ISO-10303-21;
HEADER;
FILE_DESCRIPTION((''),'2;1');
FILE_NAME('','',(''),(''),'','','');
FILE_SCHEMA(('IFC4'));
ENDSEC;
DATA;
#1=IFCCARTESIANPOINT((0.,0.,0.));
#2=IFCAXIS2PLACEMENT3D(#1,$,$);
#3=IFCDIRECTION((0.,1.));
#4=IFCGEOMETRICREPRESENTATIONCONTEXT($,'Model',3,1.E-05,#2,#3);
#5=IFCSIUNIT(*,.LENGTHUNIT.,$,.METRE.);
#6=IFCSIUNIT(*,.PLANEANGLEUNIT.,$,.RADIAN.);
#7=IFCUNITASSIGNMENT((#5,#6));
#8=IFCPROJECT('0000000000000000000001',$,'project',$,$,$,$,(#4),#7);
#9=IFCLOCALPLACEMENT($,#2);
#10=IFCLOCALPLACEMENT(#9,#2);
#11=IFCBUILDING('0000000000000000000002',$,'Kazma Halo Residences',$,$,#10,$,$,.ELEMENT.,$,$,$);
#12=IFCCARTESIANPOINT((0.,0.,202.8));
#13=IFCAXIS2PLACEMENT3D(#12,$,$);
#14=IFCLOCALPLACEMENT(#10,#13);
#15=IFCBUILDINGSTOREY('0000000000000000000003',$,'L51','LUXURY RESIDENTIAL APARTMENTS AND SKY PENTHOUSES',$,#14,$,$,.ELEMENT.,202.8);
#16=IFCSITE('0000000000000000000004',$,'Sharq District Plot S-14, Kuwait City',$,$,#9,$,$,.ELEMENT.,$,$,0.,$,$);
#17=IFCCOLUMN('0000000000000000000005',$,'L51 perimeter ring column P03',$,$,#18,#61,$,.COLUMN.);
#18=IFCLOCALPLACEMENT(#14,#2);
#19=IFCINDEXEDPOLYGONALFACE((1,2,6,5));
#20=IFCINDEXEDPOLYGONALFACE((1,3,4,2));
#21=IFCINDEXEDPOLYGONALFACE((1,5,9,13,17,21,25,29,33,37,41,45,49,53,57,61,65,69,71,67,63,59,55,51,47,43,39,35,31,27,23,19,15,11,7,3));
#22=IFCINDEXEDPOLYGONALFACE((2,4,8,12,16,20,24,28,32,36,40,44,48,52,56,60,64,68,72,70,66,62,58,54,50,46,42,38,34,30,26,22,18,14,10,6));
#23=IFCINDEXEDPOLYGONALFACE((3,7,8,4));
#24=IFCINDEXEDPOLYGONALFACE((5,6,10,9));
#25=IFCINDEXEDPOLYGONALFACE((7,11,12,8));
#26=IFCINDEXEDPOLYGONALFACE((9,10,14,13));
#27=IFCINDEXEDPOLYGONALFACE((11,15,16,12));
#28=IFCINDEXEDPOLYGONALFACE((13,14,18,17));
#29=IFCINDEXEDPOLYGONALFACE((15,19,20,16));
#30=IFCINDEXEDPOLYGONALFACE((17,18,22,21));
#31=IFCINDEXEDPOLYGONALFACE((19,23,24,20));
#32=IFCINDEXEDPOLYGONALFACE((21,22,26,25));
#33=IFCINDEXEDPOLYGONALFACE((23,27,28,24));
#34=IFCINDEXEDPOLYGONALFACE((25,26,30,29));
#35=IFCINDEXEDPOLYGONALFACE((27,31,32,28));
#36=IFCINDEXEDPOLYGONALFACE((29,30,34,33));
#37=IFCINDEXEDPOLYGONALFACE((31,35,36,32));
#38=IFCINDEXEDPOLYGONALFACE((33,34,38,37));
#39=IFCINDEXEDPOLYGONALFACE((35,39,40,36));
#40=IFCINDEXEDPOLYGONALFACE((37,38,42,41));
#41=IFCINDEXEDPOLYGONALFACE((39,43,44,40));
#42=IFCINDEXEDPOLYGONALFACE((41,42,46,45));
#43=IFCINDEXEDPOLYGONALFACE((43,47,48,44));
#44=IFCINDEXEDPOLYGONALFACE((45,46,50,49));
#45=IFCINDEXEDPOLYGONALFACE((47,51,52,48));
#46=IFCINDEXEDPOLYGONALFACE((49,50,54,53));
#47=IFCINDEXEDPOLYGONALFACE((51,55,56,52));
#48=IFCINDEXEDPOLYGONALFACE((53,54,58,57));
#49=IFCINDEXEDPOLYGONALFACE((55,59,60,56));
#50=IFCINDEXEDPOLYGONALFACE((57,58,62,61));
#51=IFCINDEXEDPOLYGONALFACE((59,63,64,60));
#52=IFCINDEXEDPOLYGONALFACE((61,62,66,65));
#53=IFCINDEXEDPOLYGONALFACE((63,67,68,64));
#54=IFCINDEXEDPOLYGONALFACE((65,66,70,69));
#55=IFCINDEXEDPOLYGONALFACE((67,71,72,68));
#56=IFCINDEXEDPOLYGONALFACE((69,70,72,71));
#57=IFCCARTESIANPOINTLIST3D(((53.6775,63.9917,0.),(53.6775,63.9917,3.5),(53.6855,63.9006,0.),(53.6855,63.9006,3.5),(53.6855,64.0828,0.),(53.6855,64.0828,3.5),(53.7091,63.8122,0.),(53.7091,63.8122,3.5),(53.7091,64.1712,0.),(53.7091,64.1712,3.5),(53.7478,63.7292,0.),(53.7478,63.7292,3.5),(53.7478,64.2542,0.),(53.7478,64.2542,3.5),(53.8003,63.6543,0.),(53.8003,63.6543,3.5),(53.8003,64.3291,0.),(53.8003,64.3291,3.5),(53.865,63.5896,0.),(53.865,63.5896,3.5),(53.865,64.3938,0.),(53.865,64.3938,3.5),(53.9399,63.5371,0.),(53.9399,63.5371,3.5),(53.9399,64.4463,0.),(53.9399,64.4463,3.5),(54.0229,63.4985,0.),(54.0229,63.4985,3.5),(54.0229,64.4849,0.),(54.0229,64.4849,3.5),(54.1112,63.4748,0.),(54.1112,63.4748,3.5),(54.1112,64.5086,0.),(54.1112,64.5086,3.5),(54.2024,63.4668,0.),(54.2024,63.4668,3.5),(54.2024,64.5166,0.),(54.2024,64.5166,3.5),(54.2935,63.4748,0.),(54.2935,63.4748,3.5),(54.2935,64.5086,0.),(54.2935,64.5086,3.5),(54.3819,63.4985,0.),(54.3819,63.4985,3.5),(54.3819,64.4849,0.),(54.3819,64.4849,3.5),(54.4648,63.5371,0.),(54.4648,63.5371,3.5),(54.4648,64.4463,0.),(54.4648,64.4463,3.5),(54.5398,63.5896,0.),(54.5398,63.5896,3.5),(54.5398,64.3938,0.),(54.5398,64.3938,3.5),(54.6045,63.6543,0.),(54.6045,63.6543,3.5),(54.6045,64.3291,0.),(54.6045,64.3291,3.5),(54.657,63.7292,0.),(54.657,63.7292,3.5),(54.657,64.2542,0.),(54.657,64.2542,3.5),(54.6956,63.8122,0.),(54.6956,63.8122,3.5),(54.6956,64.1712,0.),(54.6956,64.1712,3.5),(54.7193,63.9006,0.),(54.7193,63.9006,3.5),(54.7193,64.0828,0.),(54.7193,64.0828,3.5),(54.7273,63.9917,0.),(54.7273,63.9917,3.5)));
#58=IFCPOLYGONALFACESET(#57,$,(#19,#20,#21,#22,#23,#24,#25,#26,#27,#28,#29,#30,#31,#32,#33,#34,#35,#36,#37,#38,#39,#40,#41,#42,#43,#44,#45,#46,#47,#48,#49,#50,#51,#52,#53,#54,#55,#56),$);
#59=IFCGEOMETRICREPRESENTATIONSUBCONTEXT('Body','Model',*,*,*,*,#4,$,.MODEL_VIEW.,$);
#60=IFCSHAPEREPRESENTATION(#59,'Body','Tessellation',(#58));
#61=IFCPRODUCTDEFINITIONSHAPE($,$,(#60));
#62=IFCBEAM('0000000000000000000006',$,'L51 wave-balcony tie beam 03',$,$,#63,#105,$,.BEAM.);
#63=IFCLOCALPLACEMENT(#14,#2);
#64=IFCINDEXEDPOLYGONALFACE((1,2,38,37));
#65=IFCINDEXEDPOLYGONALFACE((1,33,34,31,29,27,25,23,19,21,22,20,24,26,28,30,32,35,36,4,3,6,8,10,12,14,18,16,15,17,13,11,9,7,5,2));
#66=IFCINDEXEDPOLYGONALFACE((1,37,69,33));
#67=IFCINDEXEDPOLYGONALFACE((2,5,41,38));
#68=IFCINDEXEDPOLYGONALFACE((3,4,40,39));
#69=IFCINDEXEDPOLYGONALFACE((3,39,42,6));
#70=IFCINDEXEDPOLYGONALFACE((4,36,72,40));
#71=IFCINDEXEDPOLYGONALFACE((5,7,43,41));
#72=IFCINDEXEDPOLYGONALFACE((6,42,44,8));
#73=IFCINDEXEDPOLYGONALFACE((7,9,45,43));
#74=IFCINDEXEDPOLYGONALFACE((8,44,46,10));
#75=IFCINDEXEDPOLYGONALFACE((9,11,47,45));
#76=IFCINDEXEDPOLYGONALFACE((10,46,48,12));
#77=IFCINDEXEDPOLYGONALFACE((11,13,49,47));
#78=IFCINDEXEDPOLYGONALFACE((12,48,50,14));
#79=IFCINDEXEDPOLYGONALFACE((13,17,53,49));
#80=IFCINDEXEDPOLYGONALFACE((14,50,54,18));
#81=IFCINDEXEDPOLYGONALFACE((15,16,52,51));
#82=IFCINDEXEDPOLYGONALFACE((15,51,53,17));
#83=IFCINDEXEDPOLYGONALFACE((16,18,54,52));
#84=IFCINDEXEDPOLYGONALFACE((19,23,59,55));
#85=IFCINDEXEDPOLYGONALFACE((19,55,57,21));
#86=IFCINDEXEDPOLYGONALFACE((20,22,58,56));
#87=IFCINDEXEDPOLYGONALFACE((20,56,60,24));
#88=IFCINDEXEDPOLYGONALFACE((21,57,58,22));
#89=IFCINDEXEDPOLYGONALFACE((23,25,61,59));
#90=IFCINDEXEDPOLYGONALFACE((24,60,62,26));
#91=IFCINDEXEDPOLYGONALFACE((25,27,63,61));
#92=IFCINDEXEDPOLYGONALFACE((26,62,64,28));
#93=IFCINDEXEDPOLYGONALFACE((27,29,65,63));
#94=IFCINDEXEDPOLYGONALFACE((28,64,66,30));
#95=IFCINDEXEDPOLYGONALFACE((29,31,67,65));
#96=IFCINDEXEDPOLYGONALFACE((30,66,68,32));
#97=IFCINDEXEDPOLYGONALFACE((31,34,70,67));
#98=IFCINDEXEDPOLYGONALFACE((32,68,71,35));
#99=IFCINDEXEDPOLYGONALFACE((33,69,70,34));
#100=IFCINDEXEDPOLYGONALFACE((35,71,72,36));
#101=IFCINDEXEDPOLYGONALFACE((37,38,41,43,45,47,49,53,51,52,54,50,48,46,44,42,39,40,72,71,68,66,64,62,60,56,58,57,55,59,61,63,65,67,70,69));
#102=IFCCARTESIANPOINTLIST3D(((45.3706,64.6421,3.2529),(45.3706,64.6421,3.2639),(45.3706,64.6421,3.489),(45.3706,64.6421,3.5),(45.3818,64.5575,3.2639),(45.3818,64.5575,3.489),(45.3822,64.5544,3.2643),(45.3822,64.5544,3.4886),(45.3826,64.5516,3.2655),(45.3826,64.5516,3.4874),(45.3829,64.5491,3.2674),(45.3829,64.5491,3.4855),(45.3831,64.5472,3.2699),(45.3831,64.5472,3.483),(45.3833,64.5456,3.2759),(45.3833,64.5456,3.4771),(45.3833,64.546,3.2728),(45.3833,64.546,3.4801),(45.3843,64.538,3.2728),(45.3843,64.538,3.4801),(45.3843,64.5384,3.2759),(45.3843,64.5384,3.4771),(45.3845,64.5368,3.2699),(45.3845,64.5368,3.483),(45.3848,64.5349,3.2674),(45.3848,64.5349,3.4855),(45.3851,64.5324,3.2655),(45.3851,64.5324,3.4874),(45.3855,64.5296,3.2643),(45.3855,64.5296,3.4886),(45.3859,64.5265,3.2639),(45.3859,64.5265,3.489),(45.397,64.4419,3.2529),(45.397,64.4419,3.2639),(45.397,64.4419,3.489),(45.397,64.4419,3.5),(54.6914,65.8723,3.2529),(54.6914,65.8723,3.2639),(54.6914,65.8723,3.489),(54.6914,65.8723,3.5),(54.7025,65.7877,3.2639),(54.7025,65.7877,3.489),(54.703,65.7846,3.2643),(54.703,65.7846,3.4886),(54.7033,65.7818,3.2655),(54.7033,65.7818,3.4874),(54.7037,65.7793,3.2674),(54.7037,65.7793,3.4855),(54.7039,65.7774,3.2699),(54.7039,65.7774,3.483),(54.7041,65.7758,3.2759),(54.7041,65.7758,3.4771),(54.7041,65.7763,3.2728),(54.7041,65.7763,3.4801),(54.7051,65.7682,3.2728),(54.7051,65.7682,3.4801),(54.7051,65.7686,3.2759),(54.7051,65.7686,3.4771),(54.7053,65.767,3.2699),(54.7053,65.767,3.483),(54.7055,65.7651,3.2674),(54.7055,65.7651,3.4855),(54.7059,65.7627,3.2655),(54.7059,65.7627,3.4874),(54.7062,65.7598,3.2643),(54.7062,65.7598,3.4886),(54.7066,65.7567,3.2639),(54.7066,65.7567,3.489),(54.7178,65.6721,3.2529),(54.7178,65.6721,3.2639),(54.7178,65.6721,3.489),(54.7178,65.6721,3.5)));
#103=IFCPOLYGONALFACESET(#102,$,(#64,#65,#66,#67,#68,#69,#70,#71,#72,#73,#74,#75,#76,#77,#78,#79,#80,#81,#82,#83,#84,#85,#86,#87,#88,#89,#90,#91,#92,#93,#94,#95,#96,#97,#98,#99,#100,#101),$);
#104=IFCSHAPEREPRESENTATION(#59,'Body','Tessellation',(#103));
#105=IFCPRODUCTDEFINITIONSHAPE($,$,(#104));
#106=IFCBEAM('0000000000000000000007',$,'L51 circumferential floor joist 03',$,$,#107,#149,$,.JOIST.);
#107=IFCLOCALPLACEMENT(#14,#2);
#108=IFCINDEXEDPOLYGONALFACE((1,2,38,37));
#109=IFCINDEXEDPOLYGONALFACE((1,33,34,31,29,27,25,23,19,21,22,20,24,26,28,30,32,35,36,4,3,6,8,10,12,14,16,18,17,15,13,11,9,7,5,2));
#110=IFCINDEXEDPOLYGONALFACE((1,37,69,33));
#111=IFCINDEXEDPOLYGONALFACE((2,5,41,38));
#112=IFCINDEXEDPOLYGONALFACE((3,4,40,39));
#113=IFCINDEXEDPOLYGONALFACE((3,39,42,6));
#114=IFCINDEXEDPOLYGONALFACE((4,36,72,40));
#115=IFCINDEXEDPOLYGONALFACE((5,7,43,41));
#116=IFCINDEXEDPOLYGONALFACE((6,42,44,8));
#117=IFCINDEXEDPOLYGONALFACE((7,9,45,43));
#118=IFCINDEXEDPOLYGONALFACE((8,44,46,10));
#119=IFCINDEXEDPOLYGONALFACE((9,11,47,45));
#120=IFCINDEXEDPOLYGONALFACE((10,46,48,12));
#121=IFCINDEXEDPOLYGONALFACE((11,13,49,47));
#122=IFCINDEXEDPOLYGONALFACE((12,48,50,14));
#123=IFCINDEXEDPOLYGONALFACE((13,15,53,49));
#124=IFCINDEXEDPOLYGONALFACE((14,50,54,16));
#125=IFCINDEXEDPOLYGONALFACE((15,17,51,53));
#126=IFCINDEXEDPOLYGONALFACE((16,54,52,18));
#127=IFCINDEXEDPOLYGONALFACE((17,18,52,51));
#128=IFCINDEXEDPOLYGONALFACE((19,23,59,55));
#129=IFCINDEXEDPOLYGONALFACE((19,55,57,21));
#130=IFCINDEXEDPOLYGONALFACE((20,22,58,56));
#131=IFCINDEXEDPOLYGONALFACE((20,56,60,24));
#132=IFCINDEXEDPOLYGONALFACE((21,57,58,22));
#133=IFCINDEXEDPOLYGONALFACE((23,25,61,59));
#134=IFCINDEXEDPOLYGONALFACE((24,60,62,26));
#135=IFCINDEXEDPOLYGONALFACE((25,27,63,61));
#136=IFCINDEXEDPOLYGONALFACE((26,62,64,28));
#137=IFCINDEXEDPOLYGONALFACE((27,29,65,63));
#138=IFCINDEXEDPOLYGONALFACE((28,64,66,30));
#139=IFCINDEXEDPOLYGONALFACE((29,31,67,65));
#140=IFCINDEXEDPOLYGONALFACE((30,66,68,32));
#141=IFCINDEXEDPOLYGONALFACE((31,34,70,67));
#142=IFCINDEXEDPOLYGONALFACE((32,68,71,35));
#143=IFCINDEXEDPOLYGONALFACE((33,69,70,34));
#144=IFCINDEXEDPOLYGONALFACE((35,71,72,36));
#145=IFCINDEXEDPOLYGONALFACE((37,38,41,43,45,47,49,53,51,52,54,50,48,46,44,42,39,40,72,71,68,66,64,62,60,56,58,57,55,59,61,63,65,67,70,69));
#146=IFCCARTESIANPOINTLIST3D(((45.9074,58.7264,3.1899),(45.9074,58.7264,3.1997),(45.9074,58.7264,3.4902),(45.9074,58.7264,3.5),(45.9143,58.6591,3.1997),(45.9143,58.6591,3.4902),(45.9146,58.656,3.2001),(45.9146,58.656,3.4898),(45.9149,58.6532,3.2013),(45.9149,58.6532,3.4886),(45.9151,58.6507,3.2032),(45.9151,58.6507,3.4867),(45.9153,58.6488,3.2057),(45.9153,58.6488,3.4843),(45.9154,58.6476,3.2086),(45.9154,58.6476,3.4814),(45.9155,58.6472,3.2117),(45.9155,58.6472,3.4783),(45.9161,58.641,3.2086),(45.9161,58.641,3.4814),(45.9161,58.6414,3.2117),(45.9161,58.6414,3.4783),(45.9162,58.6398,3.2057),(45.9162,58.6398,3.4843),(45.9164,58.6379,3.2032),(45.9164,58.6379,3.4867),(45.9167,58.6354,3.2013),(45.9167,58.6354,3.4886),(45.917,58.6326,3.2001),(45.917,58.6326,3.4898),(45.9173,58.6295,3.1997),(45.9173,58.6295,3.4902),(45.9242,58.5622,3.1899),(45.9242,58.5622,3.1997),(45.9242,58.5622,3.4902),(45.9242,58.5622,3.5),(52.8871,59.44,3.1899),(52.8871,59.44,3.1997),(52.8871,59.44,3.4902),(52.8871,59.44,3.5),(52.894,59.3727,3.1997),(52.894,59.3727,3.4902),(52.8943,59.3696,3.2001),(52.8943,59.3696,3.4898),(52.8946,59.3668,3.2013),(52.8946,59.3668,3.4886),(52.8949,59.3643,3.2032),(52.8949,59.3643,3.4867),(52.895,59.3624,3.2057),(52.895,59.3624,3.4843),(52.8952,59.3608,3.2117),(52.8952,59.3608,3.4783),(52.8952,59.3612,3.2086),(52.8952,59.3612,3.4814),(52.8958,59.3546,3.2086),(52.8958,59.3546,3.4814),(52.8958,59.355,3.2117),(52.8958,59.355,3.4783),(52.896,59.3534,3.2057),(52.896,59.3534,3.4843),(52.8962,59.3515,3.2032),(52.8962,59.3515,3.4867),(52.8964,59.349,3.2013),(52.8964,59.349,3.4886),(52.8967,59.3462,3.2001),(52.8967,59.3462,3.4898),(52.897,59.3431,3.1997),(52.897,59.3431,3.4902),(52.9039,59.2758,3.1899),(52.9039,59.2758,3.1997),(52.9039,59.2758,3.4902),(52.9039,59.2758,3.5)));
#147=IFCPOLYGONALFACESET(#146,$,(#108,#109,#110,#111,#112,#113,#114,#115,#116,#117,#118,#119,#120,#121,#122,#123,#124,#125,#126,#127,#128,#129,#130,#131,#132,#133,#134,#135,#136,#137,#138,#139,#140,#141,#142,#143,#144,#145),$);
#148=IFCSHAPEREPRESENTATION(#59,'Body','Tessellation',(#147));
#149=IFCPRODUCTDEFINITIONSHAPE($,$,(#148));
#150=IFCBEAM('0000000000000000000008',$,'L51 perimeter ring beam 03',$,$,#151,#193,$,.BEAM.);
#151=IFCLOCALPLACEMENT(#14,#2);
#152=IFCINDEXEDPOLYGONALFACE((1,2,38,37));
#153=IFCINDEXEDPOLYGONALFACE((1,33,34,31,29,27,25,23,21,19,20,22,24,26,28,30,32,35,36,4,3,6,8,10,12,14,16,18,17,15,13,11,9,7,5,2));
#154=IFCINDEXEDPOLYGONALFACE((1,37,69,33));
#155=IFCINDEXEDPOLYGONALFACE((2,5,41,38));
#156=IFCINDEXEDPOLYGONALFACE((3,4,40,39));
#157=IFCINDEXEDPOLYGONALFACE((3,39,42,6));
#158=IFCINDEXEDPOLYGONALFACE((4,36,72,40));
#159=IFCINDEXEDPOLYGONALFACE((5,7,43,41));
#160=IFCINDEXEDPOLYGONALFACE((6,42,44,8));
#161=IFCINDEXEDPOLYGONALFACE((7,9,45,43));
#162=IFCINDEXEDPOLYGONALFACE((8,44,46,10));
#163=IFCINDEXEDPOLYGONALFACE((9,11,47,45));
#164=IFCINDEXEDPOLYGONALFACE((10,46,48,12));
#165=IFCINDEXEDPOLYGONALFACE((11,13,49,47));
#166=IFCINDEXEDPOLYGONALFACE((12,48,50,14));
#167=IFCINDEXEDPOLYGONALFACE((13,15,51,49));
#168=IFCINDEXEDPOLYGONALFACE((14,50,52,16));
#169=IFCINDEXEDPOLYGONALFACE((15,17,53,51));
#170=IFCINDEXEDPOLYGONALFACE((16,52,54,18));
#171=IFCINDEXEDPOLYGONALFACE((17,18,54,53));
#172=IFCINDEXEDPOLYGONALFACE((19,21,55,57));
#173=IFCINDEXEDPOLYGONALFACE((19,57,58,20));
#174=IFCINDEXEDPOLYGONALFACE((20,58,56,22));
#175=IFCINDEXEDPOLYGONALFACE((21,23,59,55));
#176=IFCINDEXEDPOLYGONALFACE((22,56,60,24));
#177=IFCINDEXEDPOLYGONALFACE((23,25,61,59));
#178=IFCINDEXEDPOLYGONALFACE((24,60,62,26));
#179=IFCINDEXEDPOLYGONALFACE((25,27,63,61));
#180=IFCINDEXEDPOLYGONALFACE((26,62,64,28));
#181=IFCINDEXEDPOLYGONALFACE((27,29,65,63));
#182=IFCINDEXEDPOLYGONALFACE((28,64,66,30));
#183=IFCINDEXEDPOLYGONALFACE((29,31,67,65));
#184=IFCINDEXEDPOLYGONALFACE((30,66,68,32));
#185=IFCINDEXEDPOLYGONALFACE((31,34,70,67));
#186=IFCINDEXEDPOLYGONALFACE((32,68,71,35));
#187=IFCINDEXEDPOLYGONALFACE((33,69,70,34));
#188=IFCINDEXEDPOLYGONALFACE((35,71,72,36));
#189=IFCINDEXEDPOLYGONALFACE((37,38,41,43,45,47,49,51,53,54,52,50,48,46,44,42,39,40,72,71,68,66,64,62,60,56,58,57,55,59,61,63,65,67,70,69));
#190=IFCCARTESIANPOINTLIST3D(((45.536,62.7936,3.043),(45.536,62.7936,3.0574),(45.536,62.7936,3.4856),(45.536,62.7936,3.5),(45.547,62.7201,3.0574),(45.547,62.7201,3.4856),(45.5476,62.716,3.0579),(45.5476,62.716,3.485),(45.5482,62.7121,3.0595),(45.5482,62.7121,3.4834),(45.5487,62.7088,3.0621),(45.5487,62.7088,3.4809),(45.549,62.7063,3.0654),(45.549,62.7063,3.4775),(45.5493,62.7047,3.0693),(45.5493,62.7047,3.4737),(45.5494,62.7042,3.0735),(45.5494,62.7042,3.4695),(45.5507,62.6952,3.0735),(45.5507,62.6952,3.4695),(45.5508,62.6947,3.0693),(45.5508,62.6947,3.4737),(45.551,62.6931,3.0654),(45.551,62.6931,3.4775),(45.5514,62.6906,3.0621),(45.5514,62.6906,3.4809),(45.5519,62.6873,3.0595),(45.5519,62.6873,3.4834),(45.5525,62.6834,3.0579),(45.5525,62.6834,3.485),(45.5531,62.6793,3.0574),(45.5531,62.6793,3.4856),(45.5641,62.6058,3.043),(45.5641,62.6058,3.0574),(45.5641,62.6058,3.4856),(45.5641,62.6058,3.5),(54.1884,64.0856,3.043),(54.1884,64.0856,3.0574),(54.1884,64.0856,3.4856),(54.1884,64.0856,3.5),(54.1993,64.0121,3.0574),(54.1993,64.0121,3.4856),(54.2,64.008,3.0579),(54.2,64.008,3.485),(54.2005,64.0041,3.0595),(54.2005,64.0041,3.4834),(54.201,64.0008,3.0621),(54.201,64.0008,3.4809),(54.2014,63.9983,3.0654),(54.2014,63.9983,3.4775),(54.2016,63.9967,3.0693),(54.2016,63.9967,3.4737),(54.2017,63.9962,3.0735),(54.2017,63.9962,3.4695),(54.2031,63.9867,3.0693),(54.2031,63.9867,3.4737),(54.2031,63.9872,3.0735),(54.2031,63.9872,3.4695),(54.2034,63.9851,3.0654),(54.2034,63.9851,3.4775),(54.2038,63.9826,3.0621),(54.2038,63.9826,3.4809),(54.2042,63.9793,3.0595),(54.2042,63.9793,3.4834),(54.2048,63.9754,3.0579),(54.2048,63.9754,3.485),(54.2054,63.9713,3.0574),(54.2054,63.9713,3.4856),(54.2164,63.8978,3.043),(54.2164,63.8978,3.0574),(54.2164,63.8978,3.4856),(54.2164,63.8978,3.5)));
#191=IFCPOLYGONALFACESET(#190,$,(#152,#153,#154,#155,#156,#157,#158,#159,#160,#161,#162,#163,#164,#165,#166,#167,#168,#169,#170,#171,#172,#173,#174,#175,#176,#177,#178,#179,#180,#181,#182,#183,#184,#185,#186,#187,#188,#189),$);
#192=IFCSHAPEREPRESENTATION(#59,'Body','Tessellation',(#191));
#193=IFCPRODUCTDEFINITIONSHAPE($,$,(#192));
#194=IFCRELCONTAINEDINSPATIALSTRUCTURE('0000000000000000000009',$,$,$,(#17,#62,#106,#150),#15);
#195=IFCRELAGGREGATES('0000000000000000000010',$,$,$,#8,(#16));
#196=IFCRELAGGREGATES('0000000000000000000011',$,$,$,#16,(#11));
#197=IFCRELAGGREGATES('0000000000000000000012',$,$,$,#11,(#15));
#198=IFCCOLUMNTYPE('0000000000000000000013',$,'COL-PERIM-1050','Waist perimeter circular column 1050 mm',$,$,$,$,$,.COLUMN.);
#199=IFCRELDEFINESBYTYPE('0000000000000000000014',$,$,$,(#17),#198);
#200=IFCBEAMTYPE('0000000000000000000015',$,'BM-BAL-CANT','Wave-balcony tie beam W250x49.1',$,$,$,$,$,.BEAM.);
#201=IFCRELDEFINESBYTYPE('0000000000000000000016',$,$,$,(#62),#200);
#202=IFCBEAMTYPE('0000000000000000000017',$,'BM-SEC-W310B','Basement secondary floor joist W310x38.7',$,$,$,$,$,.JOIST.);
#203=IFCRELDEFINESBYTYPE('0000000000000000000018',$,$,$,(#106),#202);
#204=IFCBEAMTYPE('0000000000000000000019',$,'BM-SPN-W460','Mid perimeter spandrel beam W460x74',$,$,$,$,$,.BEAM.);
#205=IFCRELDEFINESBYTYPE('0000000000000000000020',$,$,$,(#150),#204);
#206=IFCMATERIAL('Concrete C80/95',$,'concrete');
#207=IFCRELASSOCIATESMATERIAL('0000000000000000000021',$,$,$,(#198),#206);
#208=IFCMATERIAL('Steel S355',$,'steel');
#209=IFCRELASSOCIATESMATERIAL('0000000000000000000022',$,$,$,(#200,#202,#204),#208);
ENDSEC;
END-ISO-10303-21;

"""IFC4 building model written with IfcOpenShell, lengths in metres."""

from ifc_helpers import new_model, si_unit, direction, frame, origin, origin_2d, place, context, subcontext, project, spatial, circle, i_section, extrude, material, material_profile, profile_set, type_object, element, save


model = new_model("IFC4")

# Units and contexts
model_context = context("Model", 3, precision=1e-05, world=origin(), true_north=direction((0.0, 1.0)))
body_context = subcontext(model_context, "Body", "Model", "MODEL_VIEW")
ifc_project = project(units=[si_unit("LENGTHUNIT", "METRE"), si_unit("PLANEANGLEUNIT", "RADIAN")], contexts=[model_context])

# Site, building, storey
site_placement = place(None, origin())
site = spatial("IfcSite", under=ifc_project, at=site_placement, Name="Sharq District Plot S-14, Kuwait City", CompositionType="ELEMENT", RefElevation=0.0)
building_placement = place(site_placement, origin())
building = spatial("IfcBuilding", under=site, at=building_placement, Name="Kazma Halo Residences", CompositionType="ELEMENT")
storey_placement = place(building_placement, frame((0.0, 0.0, 202.8)))
storey = spatial("IfcBuildingStorey", under=building, at=storey_placement, Name="L51", Description="LUXURY RESIDENTIAL APARTMENTS AND SKY PENTHOUSES", CompositionType="ELEMENT", Elevation=202.8)

# Column
ifc_material_1 = material(Name="Concrete C80/95", Category="concrete")
ifc_material_profile_1 = material_profile(ifc_material_1, circle(Radius=0.5249, at=origin_2d()), Name="CIRC1050")
ifc_profile_set_1 = profile_set([ifc_material_profile_1], Name="Concrete C80/95")
column_type = type_object("IfcColumnType", Name="COL-PERIM-1050", Description="Waist perimeter circular column 1050 mm", PredefinedType="COLUMN", material=ifc_profile_set_1)
column_placement = place(storey_placement, frame((54.2024, 63.9917, 0.0), z_axis=(0.0, 0.0, 1.0), x_axis=(1.0, 0.0, 0.0)))
element("IfcColumn", 1, at=column_placement, inside=storey, type_object=column_type, Name="L51 perimeter ring column P03", PredefinedType="COLUMN", context=body_context, shape_type="SweptSolid", body=[
    extrude(circle(Radius=0.5249, at=origin_2d()), origin(), (0.0, 0.0, 1.0), 3.5),
])

# Beams
ifc_material_2 = material(Name="Steel S355", Category="steel")
ifc_material_profile_2 = material_profile(ifc_material_2, i_section(OverallWidth=0.2019, OverallDepth=0.2471, WebThickness=0.0073, FlangeThickness=0.011, FilletRadius=0.012, at=origin_2d()), Name="W250x49.1")
ifc_profile_set_2 = profile_set([ifc_material_profile_2], Name="Steel S355")
beam_type_1 = type_object("IfcBeamType", Name="BM-BAL-CANT", Description="Wave-balcony tie beam W250x49.1", PredefinedType="BEAM", material=ifc_profile_set_2)
beam_1_placement = place(storey_placement, frame((54.7046, 65.7722, 3.3765), z_axis=(-0.991402, -0.130852, 0.0), x_axis=(0.130852, -0.991402, 0.0)))
element("IfcBeam", 2, at=beam_1_placement, inside=storey, type_object=beam_type_1, Name="L51 wave-balcony tie beam 03", PredefinedType="BEAM", context=body_context, shape_type="SweptSolid", body=[
    extrude(i_section(OverallWidth=0.2019, OverallDepth=0.2471, WebThickness=0.0073, FlangeThickness=0.011, FilletRadius=0.012, at=origin_2d()), origin(), (0.0, 0.0, 1.0), 9.4016),
])
ifc_material_profile_3 = material_profile(ifc_material_2, i_section(OverallWidth=0.165, OverallDepth=0.3101, WebThickness=0.0059, FlangeThickness=0.0098, FilletRadius=0.012, at=origin_2d()), Name="W310x38.7")
ifc_profile_set_3 = profile_set([ifc_material_profile_3], Name="Steel S355")
beam_type_2 = type_object("IfcBeamType", Name="BM-SEC-W310B", Description="Basement secondary floor joist W310x38.7", PredefinedType="JOIST", material=ifc_profile_set_3)
beam_2_placement = place(storey_placement, frame((52.8955, 59.3579, 3.345), z_axis=(-0.994814, -0.101712, 0.0), x_axis=(0.101712, -0.994814, 0.0)))
element("IfcBeam", 3, at=beam_2_placement, inside=storey, type_object=beam_type_2, Name="L51 circumferential floor joist 03", PredefinedType="JOIST", context=body_context, shape_type="SweptSolid", body=[
    extrude(i_section(OverallWidth=0.165, OverallDepth=0.3101, WebThickness=0.0059, FlangeThickness=0.0098, FilletRadius=0.012, at=origin_2d()), origin(), (0.0, 0.0, 1.0), 7.0161),
])
ifc_material_profile_4 = material_profile(ifc_material_2, i_section(OverallWidth=0.1899, OverallDepth=0.457, WebThickness=0.009, FlangeThickness=0.0144, FilletRadius=0.0161, at=origin_2d()), Name="W460x74")
ifc_profile_set_4 = profile_set([ifc_material_profile_4], Name="Steel S355")
beam_type_3 = type_object("IfcBeamType", Name="BM-SPN-W460", Description="Mid perimeter spandrel beam W460x74", PredefinedType="BEAM", material=ifc_profile_set_4)
beam_3_placement = place(storey_placement, frame((54.2024, 63.9917, 3.2715), z_axis=(-0.989034, -0.147685, 0.0), x_axis=(0.147685, -0.989034, 0.0)))
element("IfcBeam", 4, at=beam_3_placement, inside=storey, type_object=beam_type_3, Name="L51 perimeter ring beam 03", PredefinedType="BEAM", context=body_context, shape_type="SweptSolid", body=[
    extrude(i_section(OverallWidth=0.1899, OverallDepth=0.457, WebThickness=0.009, FlangeThickness=0.0144, FilletRadius=0.0161, at=origin_2d()), origin(), (0.0, 0.0, 1.0), 8.7483),
])

save(model, "model.ifc")
